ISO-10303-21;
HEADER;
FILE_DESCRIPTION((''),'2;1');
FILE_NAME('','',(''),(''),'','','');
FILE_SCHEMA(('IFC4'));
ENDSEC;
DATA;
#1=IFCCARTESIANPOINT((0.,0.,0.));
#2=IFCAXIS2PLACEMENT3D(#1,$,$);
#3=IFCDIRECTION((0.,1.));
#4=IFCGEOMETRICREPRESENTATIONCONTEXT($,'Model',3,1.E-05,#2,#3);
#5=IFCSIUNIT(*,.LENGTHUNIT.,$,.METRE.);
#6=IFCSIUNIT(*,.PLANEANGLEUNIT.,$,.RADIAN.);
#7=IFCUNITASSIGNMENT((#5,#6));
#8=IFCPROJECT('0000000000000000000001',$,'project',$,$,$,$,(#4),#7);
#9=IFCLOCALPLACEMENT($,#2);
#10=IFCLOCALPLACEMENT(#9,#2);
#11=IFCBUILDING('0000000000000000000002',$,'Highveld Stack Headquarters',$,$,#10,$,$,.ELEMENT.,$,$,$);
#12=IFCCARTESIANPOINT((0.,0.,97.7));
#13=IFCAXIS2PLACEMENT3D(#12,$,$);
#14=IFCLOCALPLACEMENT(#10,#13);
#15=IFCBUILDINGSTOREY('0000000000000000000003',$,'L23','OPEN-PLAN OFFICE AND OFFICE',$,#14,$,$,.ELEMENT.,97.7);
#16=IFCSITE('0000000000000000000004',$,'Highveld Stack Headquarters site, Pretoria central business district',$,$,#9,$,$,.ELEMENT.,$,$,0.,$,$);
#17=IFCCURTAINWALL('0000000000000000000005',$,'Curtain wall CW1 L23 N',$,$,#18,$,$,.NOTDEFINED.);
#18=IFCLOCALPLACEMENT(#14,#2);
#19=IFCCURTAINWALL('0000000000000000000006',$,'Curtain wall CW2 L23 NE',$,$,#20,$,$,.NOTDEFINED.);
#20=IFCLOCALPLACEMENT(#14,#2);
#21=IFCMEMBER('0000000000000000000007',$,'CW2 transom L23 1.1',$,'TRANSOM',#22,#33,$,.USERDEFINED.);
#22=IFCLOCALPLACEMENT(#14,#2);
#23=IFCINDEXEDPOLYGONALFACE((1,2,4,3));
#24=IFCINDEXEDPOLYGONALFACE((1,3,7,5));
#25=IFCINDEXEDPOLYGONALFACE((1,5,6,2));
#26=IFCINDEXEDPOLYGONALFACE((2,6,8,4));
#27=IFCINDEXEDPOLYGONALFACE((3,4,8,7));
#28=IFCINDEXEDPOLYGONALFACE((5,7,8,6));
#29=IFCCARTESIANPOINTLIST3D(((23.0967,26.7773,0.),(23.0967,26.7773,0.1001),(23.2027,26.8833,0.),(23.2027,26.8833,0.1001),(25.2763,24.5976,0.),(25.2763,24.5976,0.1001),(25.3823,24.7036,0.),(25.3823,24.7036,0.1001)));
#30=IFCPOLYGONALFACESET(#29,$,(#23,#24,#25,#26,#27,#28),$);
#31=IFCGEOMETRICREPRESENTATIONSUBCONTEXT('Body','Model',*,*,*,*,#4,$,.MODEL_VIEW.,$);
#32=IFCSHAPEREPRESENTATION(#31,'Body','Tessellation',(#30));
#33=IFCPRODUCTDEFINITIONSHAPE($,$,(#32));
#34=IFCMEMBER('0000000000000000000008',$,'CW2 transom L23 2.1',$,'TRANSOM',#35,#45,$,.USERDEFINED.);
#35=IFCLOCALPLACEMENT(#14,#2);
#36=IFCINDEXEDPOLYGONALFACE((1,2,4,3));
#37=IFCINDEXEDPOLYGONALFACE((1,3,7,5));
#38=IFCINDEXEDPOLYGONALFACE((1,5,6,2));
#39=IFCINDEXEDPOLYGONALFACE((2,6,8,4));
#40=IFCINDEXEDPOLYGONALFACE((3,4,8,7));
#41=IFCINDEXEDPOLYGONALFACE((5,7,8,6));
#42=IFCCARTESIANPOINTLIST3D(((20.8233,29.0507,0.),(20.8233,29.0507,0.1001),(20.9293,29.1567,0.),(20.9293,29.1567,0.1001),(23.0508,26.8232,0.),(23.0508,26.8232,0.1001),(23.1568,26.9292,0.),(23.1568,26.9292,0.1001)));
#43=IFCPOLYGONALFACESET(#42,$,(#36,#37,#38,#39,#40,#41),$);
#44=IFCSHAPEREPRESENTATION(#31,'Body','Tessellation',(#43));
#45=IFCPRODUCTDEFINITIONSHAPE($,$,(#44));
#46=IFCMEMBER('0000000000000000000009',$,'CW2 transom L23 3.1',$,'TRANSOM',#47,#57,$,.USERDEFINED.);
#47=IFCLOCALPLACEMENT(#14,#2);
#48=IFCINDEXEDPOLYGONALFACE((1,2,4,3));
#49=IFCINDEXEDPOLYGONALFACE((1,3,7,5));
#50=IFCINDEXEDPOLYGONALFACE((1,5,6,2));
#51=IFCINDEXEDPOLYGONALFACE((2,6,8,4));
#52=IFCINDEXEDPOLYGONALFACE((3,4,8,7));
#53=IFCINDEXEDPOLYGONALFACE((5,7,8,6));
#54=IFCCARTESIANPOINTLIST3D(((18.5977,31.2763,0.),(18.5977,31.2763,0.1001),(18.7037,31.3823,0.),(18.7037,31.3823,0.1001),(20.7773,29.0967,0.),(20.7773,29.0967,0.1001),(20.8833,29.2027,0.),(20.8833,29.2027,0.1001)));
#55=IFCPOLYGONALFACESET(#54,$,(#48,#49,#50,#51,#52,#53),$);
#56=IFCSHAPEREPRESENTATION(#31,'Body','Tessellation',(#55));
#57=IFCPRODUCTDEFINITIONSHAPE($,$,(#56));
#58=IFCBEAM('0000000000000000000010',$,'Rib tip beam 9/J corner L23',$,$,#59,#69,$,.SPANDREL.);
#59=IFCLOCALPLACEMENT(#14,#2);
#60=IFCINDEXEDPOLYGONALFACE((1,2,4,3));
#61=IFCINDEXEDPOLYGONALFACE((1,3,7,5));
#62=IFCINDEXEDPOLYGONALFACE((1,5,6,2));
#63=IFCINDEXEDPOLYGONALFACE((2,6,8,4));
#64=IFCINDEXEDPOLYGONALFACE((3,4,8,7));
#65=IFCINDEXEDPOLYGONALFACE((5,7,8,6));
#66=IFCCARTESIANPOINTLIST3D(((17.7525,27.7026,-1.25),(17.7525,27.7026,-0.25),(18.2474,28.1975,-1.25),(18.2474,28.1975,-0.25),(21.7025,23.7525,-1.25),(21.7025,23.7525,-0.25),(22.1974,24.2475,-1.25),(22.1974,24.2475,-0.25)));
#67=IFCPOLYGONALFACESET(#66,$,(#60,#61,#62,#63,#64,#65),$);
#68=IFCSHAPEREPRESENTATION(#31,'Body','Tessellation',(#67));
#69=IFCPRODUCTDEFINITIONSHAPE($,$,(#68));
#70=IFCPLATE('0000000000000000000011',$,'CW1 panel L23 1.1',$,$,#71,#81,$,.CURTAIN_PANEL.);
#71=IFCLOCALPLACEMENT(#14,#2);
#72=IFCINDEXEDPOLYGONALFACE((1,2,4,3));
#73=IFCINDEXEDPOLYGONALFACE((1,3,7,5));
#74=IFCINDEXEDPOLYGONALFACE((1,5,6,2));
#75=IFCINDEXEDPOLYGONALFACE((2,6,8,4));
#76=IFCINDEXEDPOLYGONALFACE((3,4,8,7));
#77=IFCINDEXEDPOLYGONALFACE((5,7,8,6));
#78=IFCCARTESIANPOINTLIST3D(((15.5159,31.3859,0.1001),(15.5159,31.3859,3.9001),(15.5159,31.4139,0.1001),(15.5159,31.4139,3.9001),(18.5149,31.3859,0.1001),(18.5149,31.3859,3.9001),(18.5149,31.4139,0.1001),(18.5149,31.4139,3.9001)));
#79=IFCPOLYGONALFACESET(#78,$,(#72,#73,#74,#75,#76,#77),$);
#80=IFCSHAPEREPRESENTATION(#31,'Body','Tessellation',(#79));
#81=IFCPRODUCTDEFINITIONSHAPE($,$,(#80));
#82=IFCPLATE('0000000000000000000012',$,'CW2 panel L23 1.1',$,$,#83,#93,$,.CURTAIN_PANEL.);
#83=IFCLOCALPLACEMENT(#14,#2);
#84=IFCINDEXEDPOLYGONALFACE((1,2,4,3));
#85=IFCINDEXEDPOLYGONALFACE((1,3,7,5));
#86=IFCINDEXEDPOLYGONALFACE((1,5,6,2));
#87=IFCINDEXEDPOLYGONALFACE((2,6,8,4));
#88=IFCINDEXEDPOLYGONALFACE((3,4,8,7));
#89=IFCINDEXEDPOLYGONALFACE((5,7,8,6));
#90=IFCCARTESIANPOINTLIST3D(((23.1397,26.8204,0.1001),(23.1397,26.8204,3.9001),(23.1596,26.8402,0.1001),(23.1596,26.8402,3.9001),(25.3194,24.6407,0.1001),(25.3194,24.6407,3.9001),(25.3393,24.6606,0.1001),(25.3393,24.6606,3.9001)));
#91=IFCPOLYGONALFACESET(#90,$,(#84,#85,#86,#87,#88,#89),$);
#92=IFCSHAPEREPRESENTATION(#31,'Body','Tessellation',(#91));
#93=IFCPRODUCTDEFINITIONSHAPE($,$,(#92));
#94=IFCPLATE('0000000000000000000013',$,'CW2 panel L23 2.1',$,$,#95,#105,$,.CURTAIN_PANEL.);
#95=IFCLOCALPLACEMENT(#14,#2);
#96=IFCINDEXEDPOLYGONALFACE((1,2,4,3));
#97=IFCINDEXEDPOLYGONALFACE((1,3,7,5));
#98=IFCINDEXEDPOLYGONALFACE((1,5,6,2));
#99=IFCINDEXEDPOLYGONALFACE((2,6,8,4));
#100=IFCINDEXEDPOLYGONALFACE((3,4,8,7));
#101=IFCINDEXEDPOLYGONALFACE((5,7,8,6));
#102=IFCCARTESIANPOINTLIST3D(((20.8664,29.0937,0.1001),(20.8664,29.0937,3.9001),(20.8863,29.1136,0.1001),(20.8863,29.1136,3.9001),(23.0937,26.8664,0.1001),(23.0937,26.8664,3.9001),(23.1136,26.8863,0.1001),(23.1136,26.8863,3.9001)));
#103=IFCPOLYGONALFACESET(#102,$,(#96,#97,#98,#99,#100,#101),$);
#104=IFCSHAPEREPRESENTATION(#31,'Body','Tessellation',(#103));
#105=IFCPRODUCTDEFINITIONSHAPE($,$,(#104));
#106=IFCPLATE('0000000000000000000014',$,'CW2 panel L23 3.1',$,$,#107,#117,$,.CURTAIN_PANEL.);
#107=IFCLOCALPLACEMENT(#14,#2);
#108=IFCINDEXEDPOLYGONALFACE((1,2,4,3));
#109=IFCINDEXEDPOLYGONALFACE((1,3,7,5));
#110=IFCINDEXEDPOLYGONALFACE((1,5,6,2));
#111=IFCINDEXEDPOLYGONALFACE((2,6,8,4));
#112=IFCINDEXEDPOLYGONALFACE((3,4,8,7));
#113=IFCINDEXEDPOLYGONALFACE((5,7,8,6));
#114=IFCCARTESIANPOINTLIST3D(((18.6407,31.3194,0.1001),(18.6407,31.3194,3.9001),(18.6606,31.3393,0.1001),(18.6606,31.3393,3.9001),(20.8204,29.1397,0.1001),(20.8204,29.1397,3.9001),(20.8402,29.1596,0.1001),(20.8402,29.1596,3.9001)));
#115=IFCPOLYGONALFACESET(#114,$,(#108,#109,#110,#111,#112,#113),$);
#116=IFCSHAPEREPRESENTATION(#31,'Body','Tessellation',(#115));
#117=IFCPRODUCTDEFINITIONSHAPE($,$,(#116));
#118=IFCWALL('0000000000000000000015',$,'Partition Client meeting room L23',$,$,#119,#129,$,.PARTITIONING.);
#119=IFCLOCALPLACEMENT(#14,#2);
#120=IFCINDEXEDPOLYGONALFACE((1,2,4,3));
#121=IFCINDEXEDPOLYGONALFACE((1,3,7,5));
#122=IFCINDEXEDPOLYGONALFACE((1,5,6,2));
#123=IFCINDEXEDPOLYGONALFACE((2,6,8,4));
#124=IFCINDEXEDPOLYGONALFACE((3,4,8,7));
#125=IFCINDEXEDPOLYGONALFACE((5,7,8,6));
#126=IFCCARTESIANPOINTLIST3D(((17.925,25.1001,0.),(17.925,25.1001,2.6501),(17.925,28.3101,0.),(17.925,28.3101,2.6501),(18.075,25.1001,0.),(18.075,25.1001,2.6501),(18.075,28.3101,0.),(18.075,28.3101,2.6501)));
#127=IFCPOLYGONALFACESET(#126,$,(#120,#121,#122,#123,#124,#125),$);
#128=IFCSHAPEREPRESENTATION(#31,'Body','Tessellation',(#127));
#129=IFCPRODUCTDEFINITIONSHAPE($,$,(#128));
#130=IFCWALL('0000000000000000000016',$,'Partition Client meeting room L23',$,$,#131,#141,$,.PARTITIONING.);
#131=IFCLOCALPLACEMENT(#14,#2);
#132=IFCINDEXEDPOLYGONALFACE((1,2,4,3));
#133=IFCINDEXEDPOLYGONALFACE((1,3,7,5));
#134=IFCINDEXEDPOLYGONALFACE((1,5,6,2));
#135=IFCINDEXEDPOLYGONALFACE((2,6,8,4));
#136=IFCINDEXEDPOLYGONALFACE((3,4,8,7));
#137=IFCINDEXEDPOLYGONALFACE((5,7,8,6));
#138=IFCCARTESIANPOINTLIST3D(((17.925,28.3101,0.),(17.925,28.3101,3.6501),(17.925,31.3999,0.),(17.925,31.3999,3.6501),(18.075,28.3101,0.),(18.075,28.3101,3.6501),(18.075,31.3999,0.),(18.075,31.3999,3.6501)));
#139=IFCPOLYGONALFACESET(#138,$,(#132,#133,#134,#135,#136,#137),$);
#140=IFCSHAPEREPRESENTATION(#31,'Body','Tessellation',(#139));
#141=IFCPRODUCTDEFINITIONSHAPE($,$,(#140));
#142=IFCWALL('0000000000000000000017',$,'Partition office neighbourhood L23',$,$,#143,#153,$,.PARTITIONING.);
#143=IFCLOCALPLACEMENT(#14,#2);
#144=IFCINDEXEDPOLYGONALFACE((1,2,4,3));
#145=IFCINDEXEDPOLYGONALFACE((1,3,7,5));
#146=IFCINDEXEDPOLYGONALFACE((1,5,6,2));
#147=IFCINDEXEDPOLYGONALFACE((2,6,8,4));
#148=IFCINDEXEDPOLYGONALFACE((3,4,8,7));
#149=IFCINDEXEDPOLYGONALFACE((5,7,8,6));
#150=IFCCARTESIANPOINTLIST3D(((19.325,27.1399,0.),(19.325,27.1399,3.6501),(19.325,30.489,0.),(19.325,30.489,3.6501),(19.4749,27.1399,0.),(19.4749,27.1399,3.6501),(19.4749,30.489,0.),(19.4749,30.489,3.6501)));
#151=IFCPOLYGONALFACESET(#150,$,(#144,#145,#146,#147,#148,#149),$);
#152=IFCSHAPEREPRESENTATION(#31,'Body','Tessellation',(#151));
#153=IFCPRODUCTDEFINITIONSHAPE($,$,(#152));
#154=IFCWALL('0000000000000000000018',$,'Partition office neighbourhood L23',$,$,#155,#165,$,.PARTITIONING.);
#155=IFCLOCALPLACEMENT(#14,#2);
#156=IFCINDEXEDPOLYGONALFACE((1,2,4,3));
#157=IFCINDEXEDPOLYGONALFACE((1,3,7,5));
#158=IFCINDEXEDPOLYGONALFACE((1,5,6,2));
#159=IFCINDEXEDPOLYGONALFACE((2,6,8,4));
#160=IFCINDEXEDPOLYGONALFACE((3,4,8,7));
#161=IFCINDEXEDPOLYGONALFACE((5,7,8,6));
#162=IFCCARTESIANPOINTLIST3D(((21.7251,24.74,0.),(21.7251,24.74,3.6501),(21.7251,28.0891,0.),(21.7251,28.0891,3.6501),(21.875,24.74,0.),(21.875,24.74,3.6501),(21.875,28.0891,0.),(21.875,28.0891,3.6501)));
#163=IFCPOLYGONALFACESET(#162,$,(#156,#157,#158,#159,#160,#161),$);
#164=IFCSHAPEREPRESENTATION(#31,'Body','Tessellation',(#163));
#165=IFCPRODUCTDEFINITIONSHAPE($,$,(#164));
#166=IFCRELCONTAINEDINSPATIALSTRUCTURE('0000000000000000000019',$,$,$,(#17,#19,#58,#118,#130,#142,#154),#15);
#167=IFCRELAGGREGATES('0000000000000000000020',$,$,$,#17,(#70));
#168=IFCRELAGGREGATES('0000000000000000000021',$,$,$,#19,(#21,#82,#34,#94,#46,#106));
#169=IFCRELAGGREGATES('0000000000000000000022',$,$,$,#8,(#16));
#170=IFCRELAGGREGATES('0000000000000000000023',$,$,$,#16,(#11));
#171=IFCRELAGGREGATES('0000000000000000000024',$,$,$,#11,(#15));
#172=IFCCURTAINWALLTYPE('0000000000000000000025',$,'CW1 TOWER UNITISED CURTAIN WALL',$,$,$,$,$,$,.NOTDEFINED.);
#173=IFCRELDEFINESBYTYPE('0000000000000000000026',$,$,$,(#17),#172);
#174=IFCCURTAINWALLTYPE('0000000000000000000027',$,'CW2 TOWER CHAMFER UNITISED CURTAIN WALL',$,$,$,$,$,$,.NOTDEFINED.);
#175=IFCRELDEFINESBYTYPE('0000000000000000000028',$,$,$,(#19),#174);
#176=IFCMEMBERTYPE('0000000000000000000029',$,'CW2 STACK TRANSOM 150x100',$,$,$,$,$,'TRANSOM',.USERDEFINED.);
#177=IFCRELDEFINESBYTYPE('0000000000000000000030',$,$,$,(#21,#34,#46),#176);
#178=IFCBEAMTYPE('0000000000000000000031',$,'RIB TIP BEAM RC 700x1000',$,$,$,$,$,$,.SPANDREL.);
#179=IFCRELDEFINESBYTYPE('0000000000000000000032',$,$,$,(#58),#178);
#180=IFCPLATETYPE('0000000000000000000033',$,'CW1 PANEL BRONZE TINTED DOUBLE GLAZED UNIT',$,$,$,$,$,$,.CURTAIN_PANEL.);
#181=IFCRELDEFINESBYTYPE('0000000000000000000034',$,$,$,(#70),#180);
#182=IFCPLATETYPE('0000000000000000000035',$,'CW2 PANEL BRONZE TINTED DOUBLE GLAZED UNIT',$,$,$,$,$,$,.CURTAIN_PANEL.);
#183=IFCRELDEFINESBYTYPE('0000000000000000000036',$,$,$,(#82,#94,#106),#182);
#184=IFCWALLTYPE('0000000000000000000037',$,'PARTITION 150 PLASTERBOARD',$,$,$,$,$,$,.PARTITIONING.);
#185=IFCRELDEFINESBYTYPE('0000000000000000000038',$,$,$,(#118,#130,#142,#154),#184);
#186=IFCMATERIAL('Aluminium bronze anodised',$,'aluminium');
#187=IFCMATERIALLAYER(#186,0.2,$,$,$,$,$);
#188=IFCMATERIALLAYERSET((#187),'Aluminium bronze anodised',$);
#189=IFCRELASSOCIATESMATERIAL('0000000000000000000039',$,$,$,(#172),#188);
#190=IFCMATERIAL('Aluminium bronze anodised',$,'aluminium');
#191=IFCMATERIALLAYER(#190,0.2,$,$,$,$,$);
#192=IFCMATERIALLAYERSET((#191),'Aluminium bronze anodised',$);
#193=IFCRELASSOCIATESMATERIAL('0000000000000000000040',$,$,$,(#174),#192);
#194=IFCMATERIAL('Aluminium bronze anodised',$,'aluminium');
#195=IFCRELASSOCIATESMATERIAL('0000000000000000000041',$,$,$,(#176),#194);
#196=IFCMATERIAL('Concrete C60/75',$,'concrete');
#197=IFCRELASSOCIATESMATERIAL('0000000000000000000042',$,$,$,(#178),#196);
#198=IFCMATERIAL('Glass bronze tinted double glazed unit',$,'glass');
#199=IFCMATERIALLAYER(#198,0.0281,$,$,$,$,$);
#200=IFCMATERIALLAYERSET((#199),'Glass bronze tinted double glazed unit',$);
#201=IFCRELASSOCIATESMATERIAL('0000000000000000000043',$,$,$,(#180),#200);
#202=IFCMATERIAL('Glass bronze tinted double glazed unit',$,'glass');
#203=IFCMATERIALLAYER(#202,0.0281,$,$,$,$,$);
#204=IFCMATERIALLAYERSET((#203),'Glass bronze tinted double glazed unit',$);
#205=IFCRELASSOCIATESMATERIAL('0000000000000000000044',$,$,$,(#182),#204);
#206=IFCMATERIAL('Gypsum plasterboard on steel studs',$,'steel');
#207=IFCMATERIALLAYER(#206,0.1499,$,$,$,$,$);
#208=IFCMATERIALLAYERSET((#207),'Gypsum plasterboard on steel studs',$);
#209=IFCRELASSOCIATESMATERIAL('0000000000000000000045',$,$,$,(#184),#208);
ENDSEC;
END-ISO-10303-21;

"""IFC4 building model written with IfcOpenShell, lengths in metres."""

from ifc_helpers import new_model, si_unit, direction, frame, frame_2d, origin, origin_2d, place, context, subcontext, project, spatial, rectangle, extrude, material, layer, layer_set, material_profile, profile_set, type_object, element, aggregate, save


model = new_model("IFC4")

# Units and contexts
model_context = context("Model", 3, precision=1e-05, world=origin(), true_north=direction((0.0, 1.0)))
body_context = subcontext(model_context, "Body", "Model", "MODEL_VIEW")
ifc_project = project(units=[si_unit("LENGTHUNIT", "METRE"), si_unit("PLANEANGLEUNIT", "RADIAN")], contexts=[model_context])

# Site, building, storey
site_placement = place(None, origin())
site = spatial("IfcSite", under=ifc_project, at=site_placement, Name="Highveld Stack Headquarters site, Pretoria central business district", CompositionType="ELEMENT", RefElevation=0.0)
building_placement = place(site_placement, origin())
building = spatial("IfcBuilding", under=site, at=building_placement, Name="Highveld Stack Headquarters", CompositionType="ELEMENT")
storey_placement = place(building_placement, frame((0.0, 0.0, 97.7)))
storey = spatial("IfcBuildingStorey", under=building, at=storey_placement, Name="L23", Description="OPEN-PLAN OFFICE AND OFFICE", CompositionType="ELEMENT", Elevation=97.7)

# Curtain wall
ifc_material_1 = material(Name="Aluminium bronze anodised", Category="aluminium")
ifc_layer_1 = layer(ifc_material_1, 0.2)
ifc_layer_set_1 = layer_set([ifc_layer_1], Name="Aluminium bronze anodised")
curtain_wall_type_1 = type_object("IfcCurtainWallType", Name="CW1 TOWER UNITISED CURTAIN WALL", PredefinedType="NOTDEFINED", material=ifc_layer_set_1)
curtain_wall_1_placement = place(storey_placement, origin())
curtain_wall_1 = element("IfcCurtainWall", 1, at=curtain_wall_1_placement, inside=storey, type_object=curtain_wall_type_1, Name="Curtain wall CW1 L23 N", PredefinedType="NOTDEFINED")

# Curtain wall, members
ifc_material_2 = material(Name="Aluminium bronze anodised", Category="aluminium")
ifc_layer_2 = layer(ifc_material_2, 0.2)
ifc_layer_set_2 = layer_set([ifc_layer_2], Name="Aluminium bronze anodised")
curtain_wall_type_2 = type_object("IfcCurtainWallType", Name="CW2 TOWER CHAMFER UNITISED CURTAIN WALL", PredefinedType="NOTDEFINED", material=ifc_layer_set_2)
curtain_wall_2_placement = place(storey_placement, origin())
curtain_wall_2 = element("IfcCurtainWall", 2, at=curtain_wall_2_placement, inside=storey, type_object=curtain_wall_type_2, Name="Curtain wall CW2 L23 NE", PredefinedType="NOTDEFINED")
ifc_material_3 = material(Name="Aluminium bronze anodised", Category="aluminium")
ifc_material_profile_1 = material_profile(ifc_material_3, rectangle(XDim=0.1499, YDim=0.1001, at=origin_2d()), Name="CW2 TRANSOM 150x100")
ifc_profile_set_1 = profile_set([ifc_material_profile_1], Name="Aluminium bronze anodised")
member_type_1 = type_object("IfcMemberType", Name="CW2 STACK TRANSOM 150x100", ElementType="TRANSOM", PredefinedType="USERDEFINED", material=ifc_profile_set_1)
member_1_placement = place(storey_placement, frame((25.3293, 24.6506, 0.05), z_axis=(-0.707107, 0.707107, 0.0), x_axis=(-0.707107, -0.707107, 0.0)))
member_1 = element("IfcMember", 3, at=member_1_placement, type_object=member_type_1, Name="CW2 transom L23 1.1", ObjectType="TRANSOM", PredefinedType="USERDEFINED", context=body_context, shape_type="SweptSolid", body=[
    extrude(rectangle(XDim=0.1499, YDim=0.1001, at=origin_2d()), origin(), (0.0, 0.0, 1.0), 3.0825),
])
member_2_placement = place(storey_placement, frame((23.1038, 26.8762, 0.05), z_axis=(-0.707107, 0.707107, 0.0), x_axis=(-0.707107, -0.707107, 0.0)))
member_2 = element("IfcMember", 4, at=member_2_placement, type_object=member_type_1, Name="CW2 transom L23 2.1", ObjectType="TRANSOM", PredefinedType="USERDEFINED", context=body_context, shape_type="SweptSolid", body=[
    extrude(rectangle(XDim=0.1499, YDim=0.1001, at=origin_2d()), origin(), (0.0, 0.0, 1.0), 3.1501),
])
member_3_placement = place(storey_placement, frame((20.8303, 29.1497, 0.05), z_axis=(-0.707107, 0.707107, 0.0), x_axis=(-0.707107, -0.707107, 0.0)))
member_3 = element("IfcMember", 5, at=member_3_placement, type_object=member_type_1, Name="CW2 transom L23 3.1", ObjectType="TRANSOM", PredefinedType="USERDEFINED", context=body_context, shape_type="SweptSolid", body=[
    extrude(rectangle(XDim=0.1499, YDim=0.1001, at=origin_2d()), origin(), (0.0, 0.0, 1.0), 3.0825),
])

# Beam
ifc_material_4 = material(Name="Concrete C60/75", Category="concrete")
ifc_material_profile_2 = material_profile(ifc_material_4, rectangle(XDim=0.7, YDim=1.0, at=origin_2d()), Name="RC 700x1000")
ifc_profile_set_2 = profile_set([ifc_material_profile_2], Name="Concrete C60/75")
beam_type_1 = type_object("IfcBeamType", Name="RIB TIP BEAM RC 700x1000", PredefinedType="SPANDREL", material=ifc_profile_set_2)
beam_1_placement = place(storey_placement, frame((21.95, 24.0, -0.75), z_axis=(-0.707107, 0.707107, 0.0), x_axis=(-0.707107, -0.707107, 0.0)))
element("IfcBeam", 6, at=beam_1_placement, inside=storey, type_object=beam_type_1, Name="Rib tip beam 9/J corner L23", PredefinedType="SPANDREL", context=body_context, shape_type="SweptSolid", body=[
    extrude(rectangle(XDim=0.7, YDim=1.0, at=origin_2d()), origin(), (0.0, 0.0, 1.0), 5.5862),
])

# Plates
ifc_material_5 = material(Name="Glass bronze tinted double glazed unit", Category="glass")
ifc_layer_3 = layer(ifc_material_5, 0.0281)
ifc_layer_set_3 = layer_set([ifc_layer_3], Name="Glass bronze tinted double glazed unit")
plate_type_1 = type_object("IfcPlateType", Name="CW1 PANEL BRONZE TINTED DOUBLE GLAZED UNIT", PredefinedType="CURTAIN_PANEL", material=ifc_layer_set_3)
plate_1_placement = place(storey_placement, frame((17.0154, 31.3999, 0.1001), z_axis=(0.0, 0.0, 1.0), x_axis=(-1.0, 0.0, 0.0)))
plate_1 = element("IfcPlate", 7, at=plate_1_placement, type_object=plate_type_1, Name="CW1 panel L23 1.1", PredefinedType="CURTAIN_PANEL", context=body_context, shape_type="SweptSolid", body=[
    extrude(rectangle(XDim=2.999, YDim=0.0281, at=origin_2d()), origin(), (0.0, 0.0, 1.0), 3.8),
])
aggregate(curtain_wall_1, [plate_1])
ifc_material_6 = material(Name="Glass bronze tinted double glazed unit", Category="glass")
ifc_layer_4 = layer(ifc_material_6, 0.0281)
ifc_layer_set_4 = layer_set([ifc_layer_4], Name="Glass bronze tinted double glazed unit")
plate_type_2 = type_object("IfcPlateType", Name="CW2 PANEL BRONZE TINTED DOUBLE GLAZED UNIT", PredefinedType="CURTAIN_PANEL", material=ifc_layer_set_4)
plate_2_placement = place(storey_placement, frame((24.2395, 25.7405, 0.1001), z_axis=(0.0, 0.0, 1.0), x_axis=(-0.707107, 0.707107, 0.0)))
plate_2 = element("IfcPlate", 8, at=plate_2_placement, type_object=plate_type_2, Name="CW2 panel L23 1.1", PredefinedType="CURTAIN_PANEL", context=body_context, shape_type="SweptSolid", body=[
    extrude(rectangle(XDim=3.0825, YDim=0.0281, at=origin_2d()), origin(), (0.0, 0.0, 1.0), 3.8),
])
plate_3_placement = place(storey_placement, frame((21.99, 27.99, 0.1001), z_axis=(0.0, 0.0, 1.0), x_axis=(-0.707107, 0.707107, 0.0)))
plate_3 = element("IfcPlate", 9, at=plate_3_placement, type_object=plate_type_2, Name="CW2 panel L23 2.1", PredefinedType="CURTAIN_PANEL", context=body_context, shape_type="SweptSolid", body=[
    extrude(rectangle(XDim=3.1499, YDim=0.0281, at=origin_2d()), origin(), (0.0, 0.0, 1.0), 3.8),
])
plate_4_placement = place(storey_placement, frame((19.7405, 30.2395, 0.1001), z_axis=(0.0, 0.0, 1.0), x_axis=(-0.707107, 0.707107, 0.0)))
plate_4 = element("IfcPlate", 10, at=plate_4_placement, type_object=plate_type_2, Name="CW2 panel L23 3.1", PredefinedType="CURTAIN_PANEL", context=body_context, shape_type="SweptSolid", body=[
    extrude(rectangle(XDim=3.0825, YDim=0.0281, at=origin_2d()), origin(), (0.0, 0.0, 1.0), 3.8),
])
aggregate(curtain_wall_2, [member_1, plate_2, member_2, plate_3, member_3, plate_4])

# Walls
ifc_material_7 = material(Name="Gypsum plasterboard on steel studs", Category="steel")
ifc_layer_5 = layer(ifc_material_7, 0.1499)
ifc_layer_set_5 = layer_set([ifc_layer_5], Name="Gypsum plasterboard on steel studs")
wall_type = type_object("IfcWallType", Name="PARTITION 150 PLASTERBOARD", PredefinedType="PARTITIONING", material=ifc_layer_set_5)
wall_1_placement = place(storey_placement, frame((18.0, 25.1001, 0.0), z_axis=(0.0, 0.0, 1.0), x_axis=(0.0, 1.0, 0.0)))
element("IfcWall", 11, at=wall_1_placement, inside=storey, type_object=wall_type, Name="Partition Client meeting room L23", PredefinedType="PARTITIONING", context=body_context, shape_type="SweptSolid", body=[
    extrude(rectangle(XDim=3.21, YDim=0.1499, at=frame_2d((1.605, 0.0))), origin(), (0.0, 0.0, 1.0), 2.6501),
])
wall_2_placement = place(storey_placement, frame((18.0, 28.3101, 0.0), z_axis=(0.0, 0.0, 1.0), x_axis=(0.0, 1.0, 0.0)))
element("IfcWall", 12, at=wall_2_placement, inside=storey, type_object=wall_type, Name="Partition Client meeting room L23", PredefinedType="PARTITIONING", context=body_context, shape_type="SweptSolid", body=[
    extrude(rectangle(XDim=3.0898, YDim=0.1499, at=frame_2d((1.5449, 0.0))), origin(), (0.0, 0.0, 1.0), 3.6501),
])
for number, where, z_axis, x_axis, name in (
    (13, (19.3999, 27.1399, 0.0), (0.0, 0.0, 1.0), (0.0, 1.0, 0.0), "Partition office neighbourhood L23"),
    (14, (21.8, 24.74, 0.0), (0.0, 0.0, 1.0), (0.0, 1.0, 0.0), "Partition office neighbourhood L23"),
):
    element("IfcWall", number, at=place(storey_placement, frame(where, z_axis=z_axis, x_axis=x_axis)), inside=storey, type_object=wall_type, Name=name, PredefinedType="PARTITIONING", context=body_context, shape_type="SweptSolid", body=[
        extrude(rectangle(XDim=3.3491, YDim=0.1499, at=frame_2d((1.6746, 0.0))), origin(), (0.0, 0.0, 1.0), 3.6501),
    ])

save(model, "model.ifc")
